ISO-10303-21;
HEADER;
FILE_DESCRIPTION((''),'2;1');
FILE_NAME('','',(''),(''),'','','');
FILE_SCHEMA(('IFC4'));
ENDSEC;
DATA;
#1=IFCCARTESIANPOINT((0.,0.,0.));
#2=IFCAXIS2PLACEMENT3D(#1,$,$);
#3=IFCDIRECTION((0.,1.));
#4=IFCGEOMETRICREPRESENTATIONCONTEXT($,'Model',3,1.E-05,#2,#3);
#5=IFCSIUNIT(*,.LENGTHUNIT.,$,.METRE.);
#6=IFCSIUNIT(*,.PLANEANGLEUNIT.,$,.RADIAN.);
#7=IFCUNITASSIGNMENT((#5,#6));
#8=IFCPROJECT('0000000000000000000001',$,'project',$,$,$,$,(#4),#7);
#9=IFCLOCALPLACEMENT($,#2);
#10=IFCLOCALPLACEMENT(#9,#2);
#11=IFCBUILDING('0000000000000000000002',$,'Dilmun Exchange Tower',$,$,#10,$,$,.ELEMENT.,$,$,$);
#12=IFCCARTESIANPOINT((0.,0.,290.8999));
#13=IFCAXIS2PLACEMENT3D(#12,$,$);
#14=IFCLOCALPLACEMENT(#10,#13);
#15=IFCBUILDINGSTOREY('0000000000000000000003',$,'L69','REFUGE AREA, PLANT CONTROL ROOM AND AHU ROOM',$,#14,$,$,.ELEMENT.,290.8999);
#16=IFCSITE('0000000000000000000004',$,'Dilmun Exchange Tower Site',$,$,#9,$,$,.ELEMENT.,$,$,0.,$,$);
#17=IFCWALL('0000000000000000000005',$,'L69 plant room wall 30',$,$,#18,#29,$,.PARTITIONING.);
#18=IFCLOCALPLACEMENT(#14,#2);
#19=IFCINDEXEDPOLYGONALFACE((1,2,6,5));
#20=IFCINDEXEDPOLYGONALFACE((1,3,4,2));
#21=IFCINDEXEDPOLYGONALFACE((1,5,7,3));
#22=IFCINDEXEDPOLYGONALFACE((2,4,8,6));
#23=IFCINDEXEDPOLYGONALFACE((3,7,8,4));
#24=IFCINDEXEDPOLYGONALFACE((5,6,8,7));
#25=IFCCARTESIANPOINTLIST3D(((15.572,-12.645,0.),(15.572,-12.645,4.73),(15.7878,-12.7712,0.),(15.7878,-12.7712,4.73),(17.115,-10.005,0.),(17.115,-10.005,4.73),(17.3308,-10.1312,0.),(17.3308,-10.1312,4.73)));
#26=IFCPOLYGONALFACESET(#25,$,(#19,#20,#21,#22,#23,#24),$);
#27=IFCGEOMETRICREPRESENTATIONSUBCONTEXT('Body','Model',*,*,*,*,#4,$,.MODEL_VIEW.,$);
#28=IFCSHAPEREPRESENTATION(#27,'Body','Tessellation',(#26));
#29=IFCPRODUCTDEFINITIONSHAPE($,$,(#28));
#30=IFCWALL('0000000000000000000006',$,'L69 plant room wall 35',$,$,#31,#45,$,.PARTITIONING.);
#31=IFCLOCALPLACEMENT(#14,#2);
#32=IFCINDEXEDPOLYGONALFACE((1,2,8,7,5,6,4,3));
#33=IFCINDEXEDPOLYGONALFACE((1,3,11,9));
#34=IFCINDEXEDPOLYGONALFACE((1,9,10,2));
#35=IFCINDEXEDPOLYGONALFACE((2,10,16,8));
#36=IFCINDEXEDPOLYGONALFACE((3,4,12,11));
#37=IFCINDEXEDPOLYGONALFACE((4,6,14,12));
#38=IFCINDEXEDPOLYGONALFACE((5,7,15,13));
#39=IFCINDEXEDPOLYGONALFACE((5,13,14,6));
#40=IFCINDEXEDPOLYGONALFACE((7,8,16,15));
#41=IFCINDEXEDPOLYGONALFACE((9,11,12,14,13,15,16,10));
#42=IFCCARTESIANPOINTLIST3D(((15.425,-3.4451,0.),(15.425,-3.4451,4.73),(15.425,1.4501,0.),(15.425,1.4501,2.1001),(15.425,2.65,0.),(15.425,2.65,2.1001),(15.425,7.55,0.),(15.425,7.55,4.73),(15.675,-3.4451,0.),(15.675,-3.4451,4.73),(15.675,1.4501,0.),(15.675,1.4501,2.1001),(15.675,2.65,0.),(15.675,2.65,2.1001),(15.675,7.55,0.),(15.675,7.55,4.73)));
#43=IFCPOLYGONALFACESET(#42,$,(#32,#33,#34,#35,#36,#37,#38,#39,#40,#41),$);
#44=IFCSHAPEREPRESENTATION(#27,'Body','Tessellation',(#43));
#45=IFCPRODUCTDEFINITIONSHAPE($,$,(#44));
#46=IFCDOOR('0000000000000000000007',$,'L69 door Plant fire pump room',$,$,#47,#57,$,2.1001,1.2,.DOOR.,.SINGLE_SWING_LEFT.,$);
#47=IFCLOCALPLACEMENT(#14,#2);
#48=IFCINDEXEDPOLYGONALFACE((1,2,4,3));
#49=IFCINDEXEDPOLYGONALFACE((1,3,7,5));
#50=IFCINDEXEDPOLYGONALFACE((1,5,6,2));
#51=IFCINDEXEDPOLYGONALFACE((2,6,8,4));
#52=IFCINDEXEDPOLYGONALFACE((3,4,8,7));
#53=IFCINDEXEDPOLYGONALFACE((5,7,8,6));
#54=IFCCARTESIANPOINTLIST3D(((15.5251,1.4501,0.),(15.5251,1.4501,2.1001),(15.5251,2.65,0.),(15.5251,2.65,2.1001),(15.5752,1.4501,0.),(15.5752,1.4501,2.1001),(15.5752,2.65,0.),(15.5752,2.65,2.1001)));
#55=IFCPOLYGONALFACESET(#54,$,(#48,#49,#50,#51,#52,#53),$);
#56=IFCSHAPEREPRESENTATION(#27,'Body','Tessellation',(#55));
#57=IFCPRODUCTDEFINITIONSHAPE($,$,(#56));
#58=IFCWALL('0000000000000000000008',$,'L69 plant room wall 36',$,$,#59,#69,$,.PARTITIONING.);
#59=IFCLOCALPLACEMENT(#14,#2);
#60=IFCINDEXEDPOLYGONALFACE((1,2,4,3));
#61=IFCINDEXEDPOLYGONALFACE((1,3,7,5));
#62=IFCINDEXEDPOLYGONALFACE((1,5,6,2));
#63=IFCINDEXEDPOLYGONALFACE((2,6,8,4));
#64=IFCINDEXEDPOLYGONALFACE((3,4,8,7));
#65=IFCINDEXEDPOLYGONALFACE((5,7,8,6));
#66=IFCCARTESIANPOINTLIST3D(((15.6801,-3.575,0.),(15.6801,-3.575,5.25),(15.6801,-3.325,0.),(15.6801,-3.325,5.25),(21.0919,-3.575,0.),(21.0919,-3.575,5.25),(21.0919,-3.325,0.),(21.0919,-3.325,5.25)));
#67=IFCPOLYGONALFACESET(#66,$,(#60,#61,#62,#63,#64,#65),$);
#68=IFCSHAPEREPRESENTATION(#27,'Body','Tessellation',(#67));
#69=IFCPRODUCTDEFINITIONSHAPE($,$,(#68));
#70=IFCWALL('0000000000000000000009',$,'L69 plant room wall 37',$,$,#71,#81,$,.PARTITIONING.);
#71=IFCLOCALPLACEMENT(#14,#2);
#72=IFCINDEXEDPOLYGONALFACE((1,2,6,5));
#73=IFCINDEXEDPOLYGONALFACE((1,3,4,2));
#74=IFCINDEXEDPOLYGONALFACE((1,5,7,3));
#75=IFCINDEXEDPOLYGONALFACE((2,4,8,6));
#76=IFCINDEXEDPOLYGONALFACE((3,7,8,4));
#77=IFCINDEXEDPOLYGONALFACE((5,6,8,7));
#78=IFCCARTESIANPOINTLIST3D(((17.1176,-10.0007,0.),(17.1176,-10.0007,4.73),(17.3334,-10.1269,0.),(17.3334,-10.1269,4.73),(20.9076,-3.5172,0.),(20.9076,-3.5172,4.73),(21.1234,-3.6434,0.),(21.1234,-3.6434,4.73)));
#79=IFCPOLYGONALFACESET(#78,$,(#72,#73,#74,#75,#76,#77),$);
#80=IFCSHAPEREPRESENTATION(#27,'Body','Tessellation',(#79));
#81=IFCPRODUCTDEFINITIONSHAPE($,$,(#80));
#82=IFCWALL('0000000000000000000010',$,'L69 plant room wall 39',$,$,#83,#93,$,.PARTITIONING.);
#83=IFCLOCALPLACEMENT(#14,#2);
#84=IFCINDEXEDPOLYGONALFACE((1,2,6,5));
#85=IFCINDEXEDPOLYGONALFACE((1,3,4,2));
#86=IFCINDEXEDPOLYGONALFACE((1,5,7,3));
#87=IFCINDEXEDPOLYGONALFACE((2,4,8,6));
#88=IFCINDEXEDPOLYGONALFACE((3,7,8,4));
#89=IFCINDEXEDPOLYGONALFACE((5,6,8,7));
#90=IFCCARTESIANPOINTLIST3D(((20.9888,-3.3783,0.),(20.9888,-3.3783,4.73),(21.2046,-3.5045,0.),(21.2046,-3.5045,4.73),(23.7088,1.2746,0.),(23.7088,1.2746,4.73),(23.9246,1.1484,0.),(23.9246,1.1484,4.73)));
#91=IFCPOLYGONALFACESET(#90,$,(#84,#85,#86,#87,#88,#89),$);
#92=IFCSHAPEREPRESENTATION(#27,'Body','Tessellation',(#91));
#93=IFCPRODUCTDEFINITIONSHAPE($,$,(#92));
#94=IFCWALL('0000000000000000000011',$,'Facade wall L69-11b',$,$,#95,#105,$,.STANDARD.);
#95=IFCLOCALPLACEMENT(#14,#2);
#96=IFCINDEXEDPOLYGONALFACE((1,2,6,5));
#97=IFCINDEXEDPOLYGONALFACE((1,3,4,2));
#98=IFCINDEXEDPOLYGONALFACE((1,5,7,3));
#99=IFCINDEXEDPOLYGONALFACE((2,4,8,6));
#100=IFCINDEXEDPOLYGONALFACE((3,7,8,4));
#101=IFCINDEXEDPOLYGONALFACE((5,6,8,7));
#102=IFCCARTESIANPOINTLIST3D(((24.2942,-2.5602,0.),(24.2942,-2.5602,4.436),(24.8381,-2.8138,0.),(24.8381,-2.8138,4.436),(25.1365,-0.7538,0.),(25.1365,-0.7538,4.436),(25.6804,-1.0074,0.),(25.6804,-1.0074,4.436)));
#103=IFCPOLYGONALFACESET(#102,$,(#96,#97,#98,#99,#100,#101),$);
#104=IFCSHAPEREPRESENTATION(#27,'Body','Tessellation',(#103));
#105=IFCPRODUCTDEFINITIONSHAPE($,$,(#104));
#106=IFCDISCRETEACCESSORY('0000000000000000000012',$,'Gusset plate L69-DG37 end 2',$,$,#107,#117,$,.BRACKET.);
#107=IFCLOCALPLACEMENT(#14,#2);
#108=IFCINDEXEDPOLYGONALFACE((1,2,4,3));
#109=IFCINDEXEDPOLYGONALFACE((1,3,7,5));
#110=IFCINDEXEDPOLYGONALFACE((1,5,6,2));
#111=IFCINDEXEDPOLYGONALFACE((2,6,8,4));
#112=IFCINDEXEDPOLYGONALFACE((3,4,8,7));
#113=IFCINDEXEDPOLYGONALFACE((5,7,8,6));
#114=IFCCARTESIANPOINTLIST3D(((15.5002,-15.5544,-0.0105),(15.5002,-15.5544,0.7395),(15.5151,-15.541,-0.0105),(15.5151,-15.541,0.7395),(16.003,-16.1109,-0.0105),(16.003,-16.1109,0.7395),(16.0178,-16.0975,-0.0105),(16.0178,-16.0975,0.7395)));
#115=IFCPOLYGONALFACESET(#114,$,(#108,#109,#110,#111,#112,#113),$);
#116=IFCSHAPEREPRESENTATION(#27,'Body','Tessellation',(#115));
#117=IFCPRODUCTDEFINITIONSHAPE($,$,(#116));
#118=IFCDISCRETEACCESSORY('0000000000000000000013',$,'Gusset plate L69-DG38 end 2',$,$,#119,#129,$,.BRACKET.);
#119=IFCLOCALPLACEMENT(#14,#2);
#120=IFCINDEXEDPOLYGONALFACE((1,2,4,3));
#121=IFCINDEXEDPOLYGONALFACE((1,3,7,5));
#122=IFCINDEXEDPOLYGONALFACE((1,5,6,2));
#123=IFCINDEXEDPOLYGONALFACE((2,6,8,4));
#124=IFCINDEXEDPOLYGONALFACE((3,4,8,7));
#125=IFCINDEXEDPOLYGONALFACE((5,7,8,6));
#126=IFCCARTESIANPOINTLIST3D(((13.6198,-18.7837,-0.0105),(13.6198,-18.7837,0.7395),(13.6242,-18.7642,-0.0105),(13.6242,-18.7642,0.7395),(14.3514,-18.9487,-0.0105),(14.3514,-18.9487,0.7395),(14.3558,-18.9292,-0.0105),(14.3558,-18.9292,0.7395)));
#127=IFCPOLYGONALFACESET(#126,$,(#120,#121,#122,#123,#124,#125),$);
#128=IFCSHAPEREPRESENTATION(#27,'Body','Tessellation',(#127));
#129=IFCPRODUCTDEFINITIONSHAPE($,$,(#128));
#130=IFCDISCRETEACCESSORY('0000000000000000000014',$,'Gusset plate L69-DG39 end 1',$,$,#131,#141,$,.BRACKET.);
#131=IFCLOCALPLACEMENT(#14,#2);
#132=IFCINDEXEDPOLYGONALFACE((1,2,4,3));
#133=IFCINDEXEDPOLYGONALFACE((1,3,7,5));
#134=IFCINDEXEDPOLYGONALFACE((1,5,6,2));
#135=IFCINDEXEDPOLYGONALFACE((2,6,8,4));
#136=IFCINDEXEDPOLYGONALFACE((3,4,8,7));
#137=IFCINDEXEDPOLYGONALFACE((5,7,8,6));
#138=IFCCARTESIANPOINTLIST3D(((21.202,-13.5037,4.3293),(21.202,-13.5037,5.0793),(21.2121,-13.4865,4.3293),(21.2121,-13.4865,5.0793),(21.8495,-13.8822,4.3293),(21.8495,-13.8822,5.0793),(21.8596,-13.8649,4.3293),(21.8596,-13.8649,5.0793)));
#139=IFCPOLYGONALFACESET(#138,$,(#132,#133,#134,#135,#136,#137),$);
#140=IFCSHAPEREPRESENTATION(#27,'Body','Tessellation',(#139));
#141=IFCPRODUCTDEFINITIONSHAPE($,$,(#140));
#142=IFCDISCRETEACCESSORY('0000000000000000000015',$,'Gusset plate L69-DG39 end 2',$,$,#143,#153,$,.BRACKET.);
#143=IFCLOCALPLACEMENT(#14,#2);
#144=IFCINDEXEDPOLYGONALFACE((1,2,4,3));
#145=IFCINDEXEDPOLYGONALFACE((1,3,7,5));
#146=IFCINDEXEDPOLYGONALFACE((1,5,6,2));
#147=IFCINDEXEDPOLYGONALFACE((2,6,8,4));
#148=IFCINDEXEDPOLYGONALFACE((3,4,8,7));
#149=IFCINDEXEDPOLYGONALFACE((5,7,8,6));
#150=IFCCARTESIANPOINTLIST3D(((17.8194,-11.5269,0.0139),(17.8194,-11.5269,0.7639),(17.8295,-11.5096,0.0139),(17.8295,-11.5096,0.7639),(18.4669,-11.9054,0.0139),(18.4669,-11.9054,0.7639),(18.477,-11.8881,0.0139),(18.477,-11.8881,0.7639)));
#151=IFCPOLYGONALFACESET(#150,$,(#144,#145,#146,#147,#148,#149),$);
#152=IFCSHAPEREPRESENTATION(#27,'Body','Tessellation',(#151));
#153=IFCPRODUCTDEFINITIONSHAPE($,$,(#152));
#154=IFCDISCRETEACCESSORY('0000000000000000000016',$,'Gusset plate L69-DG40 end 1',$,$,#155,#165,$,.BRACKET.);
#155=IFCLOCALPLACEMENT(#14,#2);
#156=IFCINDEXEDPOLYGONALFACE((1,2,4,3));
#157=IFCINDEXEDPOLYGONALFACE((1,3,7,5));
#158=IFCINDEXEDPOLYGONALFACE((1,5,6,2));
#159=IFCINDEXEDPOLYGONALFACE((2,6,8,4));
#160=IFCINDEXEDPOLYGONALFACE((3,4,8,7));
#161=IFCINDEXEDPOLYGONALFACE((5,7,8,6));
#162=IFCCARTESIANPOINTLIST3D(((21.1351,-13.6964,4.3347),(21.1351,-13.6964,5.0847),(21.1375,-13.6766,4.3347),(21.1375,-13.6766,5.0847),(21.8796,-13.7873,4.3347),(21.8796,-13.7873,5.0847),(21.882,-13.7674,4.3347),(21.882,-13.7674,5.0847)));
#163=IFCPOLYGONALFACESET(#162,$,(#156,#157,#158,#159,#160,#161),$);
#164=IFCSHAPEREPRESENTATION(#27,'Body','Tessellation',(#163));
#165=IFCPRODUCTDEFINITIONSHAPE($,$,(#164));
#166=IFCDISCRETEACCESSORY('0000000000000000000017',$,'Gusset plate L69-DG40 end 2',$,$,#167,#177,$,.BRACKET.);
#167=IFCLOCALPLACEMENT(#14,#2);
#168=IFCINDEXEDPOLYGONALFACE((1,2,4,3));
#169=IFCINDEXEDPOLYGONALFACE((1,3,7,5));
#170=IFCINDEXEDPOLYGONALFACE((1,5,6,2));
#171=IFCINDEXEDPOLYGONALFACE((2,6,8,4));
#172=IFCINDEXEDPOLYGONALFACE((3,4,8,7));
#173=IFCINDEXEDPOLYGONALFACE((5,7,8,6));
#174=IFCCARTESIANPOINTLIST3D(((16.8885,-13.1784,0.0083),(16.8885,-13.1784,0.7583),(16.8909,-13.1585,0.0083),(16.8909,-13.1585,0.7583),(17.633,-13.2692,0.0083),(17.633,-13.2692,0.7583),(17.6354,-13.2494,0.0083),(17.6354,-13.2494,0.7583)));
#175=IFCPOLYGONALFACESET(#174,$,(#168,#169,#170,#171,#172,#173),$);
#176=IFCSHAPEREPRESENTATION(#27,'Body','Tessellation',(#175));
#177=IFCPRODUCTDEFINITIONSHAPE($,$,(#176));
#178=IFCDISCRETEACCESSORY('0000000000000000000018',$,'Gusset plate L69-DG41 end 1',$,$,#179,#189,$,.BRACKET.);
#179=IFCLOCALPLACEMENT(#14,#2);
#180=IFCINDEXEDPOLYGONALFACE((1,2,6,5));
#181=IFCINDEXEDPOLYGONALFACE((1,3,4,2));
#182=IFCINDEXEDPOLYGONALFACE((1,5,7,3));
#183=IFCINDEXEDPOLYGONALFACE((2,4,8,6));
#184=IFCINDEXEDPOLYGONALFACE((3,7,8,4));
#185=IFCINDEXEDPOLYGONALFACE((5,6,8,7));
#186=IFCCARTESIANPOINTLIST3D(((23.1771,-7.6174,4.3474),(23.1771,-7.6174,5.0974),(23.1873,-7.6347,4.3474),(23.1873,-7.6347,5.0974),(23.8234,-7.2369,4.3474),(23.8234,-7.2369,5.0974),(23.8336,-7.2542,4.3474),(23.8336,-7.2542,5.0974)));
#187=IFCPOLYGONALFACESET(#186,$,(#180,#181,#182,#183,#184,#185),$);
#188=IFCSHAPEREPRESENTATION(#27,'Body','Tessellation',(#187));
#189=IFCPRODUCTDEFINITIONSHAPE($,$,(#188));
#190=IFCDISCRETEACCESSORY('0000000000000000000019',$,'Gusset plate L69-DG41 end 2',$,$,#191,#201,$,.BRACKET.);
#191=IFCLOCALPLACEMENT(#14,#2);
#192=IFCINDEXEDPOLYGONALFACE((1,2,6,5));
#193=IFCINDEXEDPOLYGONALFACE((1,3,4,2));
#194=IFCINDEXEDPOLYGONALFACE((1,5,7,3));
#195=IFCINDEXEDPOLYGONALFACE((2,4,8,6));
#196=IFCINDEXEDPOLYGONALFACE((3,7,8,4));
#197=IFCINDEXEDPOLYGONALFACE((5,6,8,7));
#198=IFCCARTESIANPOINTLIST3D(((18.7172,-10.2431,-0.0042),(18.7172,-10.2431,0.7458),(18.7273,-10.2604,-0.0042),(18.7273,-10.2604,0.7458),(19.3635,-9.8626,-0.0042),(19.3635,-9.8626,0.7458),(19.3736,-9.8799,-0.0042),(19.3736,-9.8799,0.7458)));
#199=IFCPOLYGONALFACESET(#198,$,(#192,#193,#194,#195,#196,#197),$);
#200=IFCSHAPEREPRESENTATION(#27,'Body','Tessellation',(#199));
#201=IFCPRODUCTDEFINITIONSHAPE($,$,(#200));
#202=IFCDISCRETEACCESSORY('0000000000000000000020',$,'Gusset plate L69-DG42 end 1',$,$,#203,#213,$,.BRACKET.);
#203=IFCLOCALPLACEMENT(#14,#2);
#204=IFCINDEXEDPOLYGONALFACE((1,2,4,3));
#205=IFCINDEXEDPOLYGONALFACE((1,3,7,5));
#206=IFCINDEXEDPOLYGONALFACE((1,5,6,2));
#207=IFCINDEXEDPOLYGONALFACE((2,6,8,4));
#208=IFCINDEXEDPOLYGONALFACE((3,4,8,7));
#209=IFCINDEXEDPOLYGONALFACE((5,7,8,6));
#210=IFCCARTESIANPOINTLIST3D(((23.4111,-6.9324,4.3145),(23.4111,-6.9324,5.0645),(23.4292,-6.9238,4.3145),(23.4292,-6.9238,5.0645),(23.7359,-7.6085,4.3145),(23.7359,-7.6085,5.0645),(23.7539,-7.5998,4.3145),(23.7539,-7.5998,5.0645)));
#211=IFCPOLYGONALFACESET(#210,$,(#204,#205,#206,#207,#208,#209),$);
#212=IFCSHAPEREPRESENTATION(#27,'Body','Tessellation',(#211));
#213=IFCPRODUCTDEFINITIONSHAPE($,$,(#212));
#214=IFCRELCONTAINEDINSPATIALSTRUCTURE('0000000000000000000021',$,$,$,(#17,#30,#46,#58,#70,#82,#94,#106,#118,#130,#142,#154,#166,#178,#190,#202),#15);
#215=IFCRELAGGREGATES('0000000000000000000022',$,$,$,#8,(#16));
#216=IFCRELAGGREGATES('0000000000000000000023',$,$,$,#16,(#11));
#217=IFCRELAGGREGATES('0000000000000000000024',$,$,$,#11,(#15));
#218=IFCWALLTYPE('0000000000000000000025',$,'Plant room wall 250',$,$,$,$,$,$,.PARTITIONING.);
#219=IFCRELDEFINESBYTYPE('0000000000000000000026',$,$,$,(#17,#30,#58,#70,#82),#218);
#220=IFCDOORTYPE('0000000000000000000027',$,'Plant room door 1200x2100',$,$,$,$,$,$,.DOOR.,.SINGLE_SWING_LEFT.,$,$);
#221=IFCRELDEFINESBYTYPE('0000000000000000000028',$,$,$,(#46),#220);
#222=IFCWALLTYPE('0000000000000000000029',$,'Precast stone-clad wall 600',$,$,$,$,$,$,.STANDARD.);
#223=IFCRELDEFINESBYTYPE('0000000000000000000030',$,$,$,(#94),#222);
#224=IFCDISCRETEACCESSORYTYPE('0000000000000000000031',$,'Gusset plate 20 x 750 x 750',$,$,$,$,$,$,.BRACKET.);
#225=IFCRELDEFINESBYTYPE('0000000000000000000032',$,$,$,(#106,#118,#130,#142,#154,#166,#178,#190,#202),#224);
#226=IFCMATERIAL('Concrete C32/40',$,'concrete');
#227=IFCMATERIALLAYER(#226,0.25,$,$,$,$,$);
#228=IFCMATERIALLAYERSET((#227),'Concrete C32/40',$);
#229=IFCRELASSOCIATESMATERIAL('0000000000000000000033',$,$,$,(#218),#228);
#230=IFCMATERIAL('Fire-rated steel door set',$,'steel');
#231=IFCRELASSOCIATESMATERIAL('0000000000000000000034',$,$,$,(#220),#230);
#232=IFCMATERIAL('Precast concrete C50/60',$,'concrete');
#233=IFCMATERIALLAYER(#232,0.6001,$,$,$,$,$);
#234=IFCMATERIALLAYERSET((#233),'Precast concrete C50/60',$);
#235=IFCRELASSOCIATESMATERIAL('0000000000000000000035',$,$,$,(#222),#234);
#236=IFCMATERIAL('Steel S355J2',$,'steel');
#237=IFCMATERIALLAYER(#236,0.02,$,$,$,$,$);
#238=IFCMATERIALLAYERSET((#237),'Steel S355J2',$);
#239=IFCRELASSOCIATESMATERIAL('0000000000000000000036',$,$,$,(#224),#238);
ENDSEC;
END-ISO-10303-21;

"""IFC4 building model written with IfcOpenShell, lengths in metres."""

from ifc_helpers import new_model, si_unit, direction, frame, frame_2d, origin, origin_2d, place, context, subcontext, project, spatial, rectangle, extrude, material, layer, layer_set, type_object, element, fill, save


model = new_model("IFC4")

# Units and contexts
model_context = context("Model", 3, precision=1e-05, world=origin(), true_north=direction((0.0, 1.0)))
body_context = subcontext(model_context, "Body", "Model", "MODEL_VIEW")
ifc_project = project(units=[si_unit("LENGTHUNIT", "METRE"), si_unit("PLANEANGLEUNIT", "RADIAN")], contexts=[model_context])

# Site, building, storey
site_placement = place(None, origin())
site = spatial("IfcSite", under=ifc_project, at=site_placement, Name="Dilmun Exchange Tower Site", CompositionType="ELEMENT", RefElevation=0.0)
building_placement = place(site_placement, origin())
building = spatial("IfcBuilding", under=site, at=building_placement, Name="Dilmun Exchange Tower", CompositionType="ELEMENT")
storey_placement = place(building_placement, frame((0.0, 0.0, 290.8999)))
storey = spatial("IfcBuildingStorey", under=building, at=storey_placement, Name="L69", Description="REFUGE AREA, PLANT CONTROL ROOM AND AHU ROOM", CompositionType="ELEMENT", Elevation=290.8999)

# Shared definitions
ifc_material_1 = material(Name="Concrete C32/40", Category="concrete")
ifc_layer_1 = layer(ifc_material_1, 0.25)
ifc_layer_set_1 = layer_set([ifc_layer_1], Name="Concrete C32/40")
wall_type_1 = type_object("IfcWallType", Name="Plant room wall 250", PredefinedType="PARTITIONING", material=ifc_layer_set_1)
ifc_material_2 = material(Name="Fire-rated steel door set", Category="steel")

# Wall
wall_1_placement = place(storey_placement, frame((15.6799, -12.708, 0.0), z_axis=(0.0, 0.0, 1.0), x_axis=(0.504611, 0.863347, 0.0)))
element("IfcWall", 1, at=wall_1_placement, inside=storey, type_object=wall_type_1, Name="L69 plant room wall 30", PredefinedType="PARTITIONING", context=body_context, shape_type="SweptSolid", body=[
    extrude(rectangle(XDim=3.0579, YDim=0.25, at=frame_2d((1.5288, 0.0))), origin(), (0.0, 0.0, 1.0), 4.73),
])

# Wall, opening, door
wall_2_placement = place(storey_placement, frame((15.55, -3.4451, 0.0), z_axis=(0.0, 0.0, 1.0), x_axis=(0.0, 1.0, 0.0)))
wall_2 = element("IfcWall", 2, at=wall_2_placement, inside=storey, type_object=wall_type_1, Name="L69 plant room wall 35", PredefinedType="PARTITIONING", context=body_context, shape_type="SweptSolid", body=[
    extrude(rectangle(XDim=10.9951, YDim=0.25, at=frame_2d((5.4976, 0.0))), origin(), (0.0, 0.0, 1.0), 4.73),
])
opening_1_placement = place(wall_2_placement, frame((4.895, 0.0, 0.0)))
opening_1 = element("IfcOpeningElement", 3, at=opening_1_placement, cuts=wall_2, PredefinedType="OPENING", context=body_context, shape_type="SweptSolid", body=[
    extrude(rectangle(XDim=1.2, YDim=2.1001, at=frame_2d((0.6001, 1.05))), frame((0.0, 0.135, 0.0), z_axis=(0.0, -1.0, 0.0), x_axis=(1.0, 0.0, 0.0)), (0.0, 0.0, 1.0), 0.27),
])
door_type_1 = type_object("IfcDoorType", Name="Plant room door 1200x2100", OperationType="SINGLE_SWING_LEFT", PredefinedType="DOOR", material=ifc_material_2)
door_1_placement = place(opening_1_placement, origin())
door_1 = element("IfcDoor", 4, at=door_1_placement, inside=storey, type_object=door_type_1, Name="L69 door Plant fire pump room", OperationType="SINGLE_SWING_LEFT", OverallHeight=2.1001, OverallWidth=1.2, PredefinedType="DOOR", context=body_context, shape_type="SweptSolid", body=[
    extrude(rectangle(XDim=1.2, YDim=2.1001, at=frame_2d((0.6001, 1.05))), frame((0.0, 0.0249, 0.0), z_axis=(0.0, -1.0, 0.0), x_axis=(1.0, 0.0, 0.0)), (0.0, 0.0, 1.0), 0.05),
])
fill(opening_1, door_1)

# Walls
wall_3_placement = place(storey_placement, frame((15.6799, -3.45, 0.0), z_axis=(0.0, 0.0, 1.0), x_axis=(1.0, 0.0, 0.0)))
element("IfcWall", 5, at=wall_3_placement, inside=storey, type_object=wall_type_1, Name="L69 plant room wall 36", PredefinedType="PARTITIONING", context=body_context, shape_type="SweptSolid", body=[
    extrude(rectangle(XDim=5.4119, YDim=0.25, at=frame_2d((2.7061, 0.0))), origin(), (0.0, 0.0, 1.0), 5.25),
])
wall_4_placement = place(storey_placement, frame((17.2256, -10.0637, 0.0), z_axis=(0.0, 0.0, 1.0), x_axis=(0.504657, 0.86332, 0.0)))
element("IfcWall", 6, at=wall_4_placement, inside=storey, type_object=wall_type_1, Name="L69 plant room wall 37", PredefinedType="PARTITIONING", context=body_context, shape_type="SweptSolid", body=[
    extrude(rectangle(XDim=7.51, YDim=0.25, at=frame_2d((3.7549, 0.0))), origin(), (0.0, 0.0, 1.0), 4.73),
])
wall_5_placement = place(storey_placement, frame((21.0967, -3.4414, 0.0), z_axis=(0.0, 0.0, 1.0), x_axis=(0.504676, 0.863309, 0.0)))
element("IfcWall", 7, at=wall_5_placement, inside=storey, type_object=wall_type_1, Name="L69 plant room wall 39", PredefinedType="PARTITIONING", context=body_context, shape_type="SweptSolid", body=[
    extrude(rectangle(XDim=5.3896, YDim=0.25, at=frame_2d((2.6948, 0.0))), origin(), (0.0, 0.0, 1.0), 4.73),
])
ifc_material_3 = material(Name="Precast concrete C50/60", Category="concrete")
ifc_layer_2 = layer(ifc_material_3, 0.6001)
ifc_layer_set_2 = layer_set([ifc_layer_2], Name="Precast concrete C50/60")
wall_type_2 = type_object("IfcWallType", Name="Precast stone-clad wall 600", PredefinedType="STANDARD", material=ifc_layer_set_2)
wall_6_placement = place(storey_placement, frame((24.5662, -2.687, 0.0), z_axis=(0.0, 0.0, 1.0), x_axis=(0.422597, 0.906318, 0.0)))
element("IfcWall", 8, at=wall_6_placement, inside=storey, type_object=wall_type_2, Name="Facade wall L69-11b", PredefinedType="STANDARD", context=body_context, shape_type="SweptSolid", body=[
    extrude(rectangle(XDim=1.9932, YDim=0.6001, at=frame_2d((0.9966, 0.0))), origin(), (0.0, 0.0, 1.0), 4.436),
])

# Discrete accessories
ifc_material_4 = material(Name="Steel S355J2", Category="steel")
ifc_layer_3 = layer(ifc_material_4, 0.02)
ifc_layer_set_3 = layer_set([ifc_layer_3], Name="Steel S355J2")
discrete_accessory_type = type_object("IfcDiscreteAccessoryType", Name="Gusset plate 20 x 750 x 750", PredefinedType="BRACKET", material=ifc_layer_set_3)
for number, where, z_axis, x_axis, name in (
    (9, (15.759, -15.8259, -0.0105), (0.0, 0.0, 1.0), (-0.670349, 0.742046, 0.0), "Gusset plate L69-DG37 end 2"),
    (10, (13.9878, -18.8564, -0.0105), (0.0, 0.0, 1.0), (-0.975516, 0.219928, 0.0), "Gusset plate L69-DG38 end 2"),
    (11, (21.5308, -13.6843, 4.3293), (0.0, 0.0, 1.0), (-0.863346, 0.504612, 0.0), "Gusset plate L69-DG39 end 1"),
    (12, (18.1482, -11.7075, 0.0139), (0.0, 0.0, 1.0), (-0.863346, 0.504612, 0.0), "Gusset plate L69-DG39 end 2"),
    (13, (21.5085, -13.7319, 4.3347), (0.0, 0.0, 1.0), (-0.992635, 0.12114, 0.0), "Gusset plate L69-DG40 end 1"),
    (14, (17.262, -13.2139, 0.0083), (0.0, 0.0, 1.0), (-0.992635, 0.12114, 0.0), "Gusset plate L69-DG40 end 2"),
    (15, (23.5054, -7.4358, 4.3474), (0.0, 0.0, 1.0), (-0.86175, -0.507332, 0.0), "Gusset plate L69-DG41 end 1"),
    (16, (19.0454, -10.0615, -0.0042), (0.0, 0.0, 1.0), (-0.86175, -0.507332, 0.0), "Gusset plate L69-DG41 end 2"),
    (17, (23.5825, -7.2661, 4.3145), (0.0, 0.0, 1.0), (-0.433005, 0.901392, 0.0), "Gusset plate L69-DG42 end 1"),
):
    element("IfcDiscreteAccessory", number, at=place(storey_placement, frame(where, z_axis=z_axis, x_axis=x_axis)), inside=storey, type_object=discrete_accessory_type, Name=name, PredefinedType="BRACKET", context=body_context, shape_type="SweptSolid", body=[
        extrude(rectangle(XDim=0.75, YDim=0.02, at=origin_2d()), origin(), (0.0, 0.0, 1.0), 0.75),
    ])

save(model, "model.ifc")
